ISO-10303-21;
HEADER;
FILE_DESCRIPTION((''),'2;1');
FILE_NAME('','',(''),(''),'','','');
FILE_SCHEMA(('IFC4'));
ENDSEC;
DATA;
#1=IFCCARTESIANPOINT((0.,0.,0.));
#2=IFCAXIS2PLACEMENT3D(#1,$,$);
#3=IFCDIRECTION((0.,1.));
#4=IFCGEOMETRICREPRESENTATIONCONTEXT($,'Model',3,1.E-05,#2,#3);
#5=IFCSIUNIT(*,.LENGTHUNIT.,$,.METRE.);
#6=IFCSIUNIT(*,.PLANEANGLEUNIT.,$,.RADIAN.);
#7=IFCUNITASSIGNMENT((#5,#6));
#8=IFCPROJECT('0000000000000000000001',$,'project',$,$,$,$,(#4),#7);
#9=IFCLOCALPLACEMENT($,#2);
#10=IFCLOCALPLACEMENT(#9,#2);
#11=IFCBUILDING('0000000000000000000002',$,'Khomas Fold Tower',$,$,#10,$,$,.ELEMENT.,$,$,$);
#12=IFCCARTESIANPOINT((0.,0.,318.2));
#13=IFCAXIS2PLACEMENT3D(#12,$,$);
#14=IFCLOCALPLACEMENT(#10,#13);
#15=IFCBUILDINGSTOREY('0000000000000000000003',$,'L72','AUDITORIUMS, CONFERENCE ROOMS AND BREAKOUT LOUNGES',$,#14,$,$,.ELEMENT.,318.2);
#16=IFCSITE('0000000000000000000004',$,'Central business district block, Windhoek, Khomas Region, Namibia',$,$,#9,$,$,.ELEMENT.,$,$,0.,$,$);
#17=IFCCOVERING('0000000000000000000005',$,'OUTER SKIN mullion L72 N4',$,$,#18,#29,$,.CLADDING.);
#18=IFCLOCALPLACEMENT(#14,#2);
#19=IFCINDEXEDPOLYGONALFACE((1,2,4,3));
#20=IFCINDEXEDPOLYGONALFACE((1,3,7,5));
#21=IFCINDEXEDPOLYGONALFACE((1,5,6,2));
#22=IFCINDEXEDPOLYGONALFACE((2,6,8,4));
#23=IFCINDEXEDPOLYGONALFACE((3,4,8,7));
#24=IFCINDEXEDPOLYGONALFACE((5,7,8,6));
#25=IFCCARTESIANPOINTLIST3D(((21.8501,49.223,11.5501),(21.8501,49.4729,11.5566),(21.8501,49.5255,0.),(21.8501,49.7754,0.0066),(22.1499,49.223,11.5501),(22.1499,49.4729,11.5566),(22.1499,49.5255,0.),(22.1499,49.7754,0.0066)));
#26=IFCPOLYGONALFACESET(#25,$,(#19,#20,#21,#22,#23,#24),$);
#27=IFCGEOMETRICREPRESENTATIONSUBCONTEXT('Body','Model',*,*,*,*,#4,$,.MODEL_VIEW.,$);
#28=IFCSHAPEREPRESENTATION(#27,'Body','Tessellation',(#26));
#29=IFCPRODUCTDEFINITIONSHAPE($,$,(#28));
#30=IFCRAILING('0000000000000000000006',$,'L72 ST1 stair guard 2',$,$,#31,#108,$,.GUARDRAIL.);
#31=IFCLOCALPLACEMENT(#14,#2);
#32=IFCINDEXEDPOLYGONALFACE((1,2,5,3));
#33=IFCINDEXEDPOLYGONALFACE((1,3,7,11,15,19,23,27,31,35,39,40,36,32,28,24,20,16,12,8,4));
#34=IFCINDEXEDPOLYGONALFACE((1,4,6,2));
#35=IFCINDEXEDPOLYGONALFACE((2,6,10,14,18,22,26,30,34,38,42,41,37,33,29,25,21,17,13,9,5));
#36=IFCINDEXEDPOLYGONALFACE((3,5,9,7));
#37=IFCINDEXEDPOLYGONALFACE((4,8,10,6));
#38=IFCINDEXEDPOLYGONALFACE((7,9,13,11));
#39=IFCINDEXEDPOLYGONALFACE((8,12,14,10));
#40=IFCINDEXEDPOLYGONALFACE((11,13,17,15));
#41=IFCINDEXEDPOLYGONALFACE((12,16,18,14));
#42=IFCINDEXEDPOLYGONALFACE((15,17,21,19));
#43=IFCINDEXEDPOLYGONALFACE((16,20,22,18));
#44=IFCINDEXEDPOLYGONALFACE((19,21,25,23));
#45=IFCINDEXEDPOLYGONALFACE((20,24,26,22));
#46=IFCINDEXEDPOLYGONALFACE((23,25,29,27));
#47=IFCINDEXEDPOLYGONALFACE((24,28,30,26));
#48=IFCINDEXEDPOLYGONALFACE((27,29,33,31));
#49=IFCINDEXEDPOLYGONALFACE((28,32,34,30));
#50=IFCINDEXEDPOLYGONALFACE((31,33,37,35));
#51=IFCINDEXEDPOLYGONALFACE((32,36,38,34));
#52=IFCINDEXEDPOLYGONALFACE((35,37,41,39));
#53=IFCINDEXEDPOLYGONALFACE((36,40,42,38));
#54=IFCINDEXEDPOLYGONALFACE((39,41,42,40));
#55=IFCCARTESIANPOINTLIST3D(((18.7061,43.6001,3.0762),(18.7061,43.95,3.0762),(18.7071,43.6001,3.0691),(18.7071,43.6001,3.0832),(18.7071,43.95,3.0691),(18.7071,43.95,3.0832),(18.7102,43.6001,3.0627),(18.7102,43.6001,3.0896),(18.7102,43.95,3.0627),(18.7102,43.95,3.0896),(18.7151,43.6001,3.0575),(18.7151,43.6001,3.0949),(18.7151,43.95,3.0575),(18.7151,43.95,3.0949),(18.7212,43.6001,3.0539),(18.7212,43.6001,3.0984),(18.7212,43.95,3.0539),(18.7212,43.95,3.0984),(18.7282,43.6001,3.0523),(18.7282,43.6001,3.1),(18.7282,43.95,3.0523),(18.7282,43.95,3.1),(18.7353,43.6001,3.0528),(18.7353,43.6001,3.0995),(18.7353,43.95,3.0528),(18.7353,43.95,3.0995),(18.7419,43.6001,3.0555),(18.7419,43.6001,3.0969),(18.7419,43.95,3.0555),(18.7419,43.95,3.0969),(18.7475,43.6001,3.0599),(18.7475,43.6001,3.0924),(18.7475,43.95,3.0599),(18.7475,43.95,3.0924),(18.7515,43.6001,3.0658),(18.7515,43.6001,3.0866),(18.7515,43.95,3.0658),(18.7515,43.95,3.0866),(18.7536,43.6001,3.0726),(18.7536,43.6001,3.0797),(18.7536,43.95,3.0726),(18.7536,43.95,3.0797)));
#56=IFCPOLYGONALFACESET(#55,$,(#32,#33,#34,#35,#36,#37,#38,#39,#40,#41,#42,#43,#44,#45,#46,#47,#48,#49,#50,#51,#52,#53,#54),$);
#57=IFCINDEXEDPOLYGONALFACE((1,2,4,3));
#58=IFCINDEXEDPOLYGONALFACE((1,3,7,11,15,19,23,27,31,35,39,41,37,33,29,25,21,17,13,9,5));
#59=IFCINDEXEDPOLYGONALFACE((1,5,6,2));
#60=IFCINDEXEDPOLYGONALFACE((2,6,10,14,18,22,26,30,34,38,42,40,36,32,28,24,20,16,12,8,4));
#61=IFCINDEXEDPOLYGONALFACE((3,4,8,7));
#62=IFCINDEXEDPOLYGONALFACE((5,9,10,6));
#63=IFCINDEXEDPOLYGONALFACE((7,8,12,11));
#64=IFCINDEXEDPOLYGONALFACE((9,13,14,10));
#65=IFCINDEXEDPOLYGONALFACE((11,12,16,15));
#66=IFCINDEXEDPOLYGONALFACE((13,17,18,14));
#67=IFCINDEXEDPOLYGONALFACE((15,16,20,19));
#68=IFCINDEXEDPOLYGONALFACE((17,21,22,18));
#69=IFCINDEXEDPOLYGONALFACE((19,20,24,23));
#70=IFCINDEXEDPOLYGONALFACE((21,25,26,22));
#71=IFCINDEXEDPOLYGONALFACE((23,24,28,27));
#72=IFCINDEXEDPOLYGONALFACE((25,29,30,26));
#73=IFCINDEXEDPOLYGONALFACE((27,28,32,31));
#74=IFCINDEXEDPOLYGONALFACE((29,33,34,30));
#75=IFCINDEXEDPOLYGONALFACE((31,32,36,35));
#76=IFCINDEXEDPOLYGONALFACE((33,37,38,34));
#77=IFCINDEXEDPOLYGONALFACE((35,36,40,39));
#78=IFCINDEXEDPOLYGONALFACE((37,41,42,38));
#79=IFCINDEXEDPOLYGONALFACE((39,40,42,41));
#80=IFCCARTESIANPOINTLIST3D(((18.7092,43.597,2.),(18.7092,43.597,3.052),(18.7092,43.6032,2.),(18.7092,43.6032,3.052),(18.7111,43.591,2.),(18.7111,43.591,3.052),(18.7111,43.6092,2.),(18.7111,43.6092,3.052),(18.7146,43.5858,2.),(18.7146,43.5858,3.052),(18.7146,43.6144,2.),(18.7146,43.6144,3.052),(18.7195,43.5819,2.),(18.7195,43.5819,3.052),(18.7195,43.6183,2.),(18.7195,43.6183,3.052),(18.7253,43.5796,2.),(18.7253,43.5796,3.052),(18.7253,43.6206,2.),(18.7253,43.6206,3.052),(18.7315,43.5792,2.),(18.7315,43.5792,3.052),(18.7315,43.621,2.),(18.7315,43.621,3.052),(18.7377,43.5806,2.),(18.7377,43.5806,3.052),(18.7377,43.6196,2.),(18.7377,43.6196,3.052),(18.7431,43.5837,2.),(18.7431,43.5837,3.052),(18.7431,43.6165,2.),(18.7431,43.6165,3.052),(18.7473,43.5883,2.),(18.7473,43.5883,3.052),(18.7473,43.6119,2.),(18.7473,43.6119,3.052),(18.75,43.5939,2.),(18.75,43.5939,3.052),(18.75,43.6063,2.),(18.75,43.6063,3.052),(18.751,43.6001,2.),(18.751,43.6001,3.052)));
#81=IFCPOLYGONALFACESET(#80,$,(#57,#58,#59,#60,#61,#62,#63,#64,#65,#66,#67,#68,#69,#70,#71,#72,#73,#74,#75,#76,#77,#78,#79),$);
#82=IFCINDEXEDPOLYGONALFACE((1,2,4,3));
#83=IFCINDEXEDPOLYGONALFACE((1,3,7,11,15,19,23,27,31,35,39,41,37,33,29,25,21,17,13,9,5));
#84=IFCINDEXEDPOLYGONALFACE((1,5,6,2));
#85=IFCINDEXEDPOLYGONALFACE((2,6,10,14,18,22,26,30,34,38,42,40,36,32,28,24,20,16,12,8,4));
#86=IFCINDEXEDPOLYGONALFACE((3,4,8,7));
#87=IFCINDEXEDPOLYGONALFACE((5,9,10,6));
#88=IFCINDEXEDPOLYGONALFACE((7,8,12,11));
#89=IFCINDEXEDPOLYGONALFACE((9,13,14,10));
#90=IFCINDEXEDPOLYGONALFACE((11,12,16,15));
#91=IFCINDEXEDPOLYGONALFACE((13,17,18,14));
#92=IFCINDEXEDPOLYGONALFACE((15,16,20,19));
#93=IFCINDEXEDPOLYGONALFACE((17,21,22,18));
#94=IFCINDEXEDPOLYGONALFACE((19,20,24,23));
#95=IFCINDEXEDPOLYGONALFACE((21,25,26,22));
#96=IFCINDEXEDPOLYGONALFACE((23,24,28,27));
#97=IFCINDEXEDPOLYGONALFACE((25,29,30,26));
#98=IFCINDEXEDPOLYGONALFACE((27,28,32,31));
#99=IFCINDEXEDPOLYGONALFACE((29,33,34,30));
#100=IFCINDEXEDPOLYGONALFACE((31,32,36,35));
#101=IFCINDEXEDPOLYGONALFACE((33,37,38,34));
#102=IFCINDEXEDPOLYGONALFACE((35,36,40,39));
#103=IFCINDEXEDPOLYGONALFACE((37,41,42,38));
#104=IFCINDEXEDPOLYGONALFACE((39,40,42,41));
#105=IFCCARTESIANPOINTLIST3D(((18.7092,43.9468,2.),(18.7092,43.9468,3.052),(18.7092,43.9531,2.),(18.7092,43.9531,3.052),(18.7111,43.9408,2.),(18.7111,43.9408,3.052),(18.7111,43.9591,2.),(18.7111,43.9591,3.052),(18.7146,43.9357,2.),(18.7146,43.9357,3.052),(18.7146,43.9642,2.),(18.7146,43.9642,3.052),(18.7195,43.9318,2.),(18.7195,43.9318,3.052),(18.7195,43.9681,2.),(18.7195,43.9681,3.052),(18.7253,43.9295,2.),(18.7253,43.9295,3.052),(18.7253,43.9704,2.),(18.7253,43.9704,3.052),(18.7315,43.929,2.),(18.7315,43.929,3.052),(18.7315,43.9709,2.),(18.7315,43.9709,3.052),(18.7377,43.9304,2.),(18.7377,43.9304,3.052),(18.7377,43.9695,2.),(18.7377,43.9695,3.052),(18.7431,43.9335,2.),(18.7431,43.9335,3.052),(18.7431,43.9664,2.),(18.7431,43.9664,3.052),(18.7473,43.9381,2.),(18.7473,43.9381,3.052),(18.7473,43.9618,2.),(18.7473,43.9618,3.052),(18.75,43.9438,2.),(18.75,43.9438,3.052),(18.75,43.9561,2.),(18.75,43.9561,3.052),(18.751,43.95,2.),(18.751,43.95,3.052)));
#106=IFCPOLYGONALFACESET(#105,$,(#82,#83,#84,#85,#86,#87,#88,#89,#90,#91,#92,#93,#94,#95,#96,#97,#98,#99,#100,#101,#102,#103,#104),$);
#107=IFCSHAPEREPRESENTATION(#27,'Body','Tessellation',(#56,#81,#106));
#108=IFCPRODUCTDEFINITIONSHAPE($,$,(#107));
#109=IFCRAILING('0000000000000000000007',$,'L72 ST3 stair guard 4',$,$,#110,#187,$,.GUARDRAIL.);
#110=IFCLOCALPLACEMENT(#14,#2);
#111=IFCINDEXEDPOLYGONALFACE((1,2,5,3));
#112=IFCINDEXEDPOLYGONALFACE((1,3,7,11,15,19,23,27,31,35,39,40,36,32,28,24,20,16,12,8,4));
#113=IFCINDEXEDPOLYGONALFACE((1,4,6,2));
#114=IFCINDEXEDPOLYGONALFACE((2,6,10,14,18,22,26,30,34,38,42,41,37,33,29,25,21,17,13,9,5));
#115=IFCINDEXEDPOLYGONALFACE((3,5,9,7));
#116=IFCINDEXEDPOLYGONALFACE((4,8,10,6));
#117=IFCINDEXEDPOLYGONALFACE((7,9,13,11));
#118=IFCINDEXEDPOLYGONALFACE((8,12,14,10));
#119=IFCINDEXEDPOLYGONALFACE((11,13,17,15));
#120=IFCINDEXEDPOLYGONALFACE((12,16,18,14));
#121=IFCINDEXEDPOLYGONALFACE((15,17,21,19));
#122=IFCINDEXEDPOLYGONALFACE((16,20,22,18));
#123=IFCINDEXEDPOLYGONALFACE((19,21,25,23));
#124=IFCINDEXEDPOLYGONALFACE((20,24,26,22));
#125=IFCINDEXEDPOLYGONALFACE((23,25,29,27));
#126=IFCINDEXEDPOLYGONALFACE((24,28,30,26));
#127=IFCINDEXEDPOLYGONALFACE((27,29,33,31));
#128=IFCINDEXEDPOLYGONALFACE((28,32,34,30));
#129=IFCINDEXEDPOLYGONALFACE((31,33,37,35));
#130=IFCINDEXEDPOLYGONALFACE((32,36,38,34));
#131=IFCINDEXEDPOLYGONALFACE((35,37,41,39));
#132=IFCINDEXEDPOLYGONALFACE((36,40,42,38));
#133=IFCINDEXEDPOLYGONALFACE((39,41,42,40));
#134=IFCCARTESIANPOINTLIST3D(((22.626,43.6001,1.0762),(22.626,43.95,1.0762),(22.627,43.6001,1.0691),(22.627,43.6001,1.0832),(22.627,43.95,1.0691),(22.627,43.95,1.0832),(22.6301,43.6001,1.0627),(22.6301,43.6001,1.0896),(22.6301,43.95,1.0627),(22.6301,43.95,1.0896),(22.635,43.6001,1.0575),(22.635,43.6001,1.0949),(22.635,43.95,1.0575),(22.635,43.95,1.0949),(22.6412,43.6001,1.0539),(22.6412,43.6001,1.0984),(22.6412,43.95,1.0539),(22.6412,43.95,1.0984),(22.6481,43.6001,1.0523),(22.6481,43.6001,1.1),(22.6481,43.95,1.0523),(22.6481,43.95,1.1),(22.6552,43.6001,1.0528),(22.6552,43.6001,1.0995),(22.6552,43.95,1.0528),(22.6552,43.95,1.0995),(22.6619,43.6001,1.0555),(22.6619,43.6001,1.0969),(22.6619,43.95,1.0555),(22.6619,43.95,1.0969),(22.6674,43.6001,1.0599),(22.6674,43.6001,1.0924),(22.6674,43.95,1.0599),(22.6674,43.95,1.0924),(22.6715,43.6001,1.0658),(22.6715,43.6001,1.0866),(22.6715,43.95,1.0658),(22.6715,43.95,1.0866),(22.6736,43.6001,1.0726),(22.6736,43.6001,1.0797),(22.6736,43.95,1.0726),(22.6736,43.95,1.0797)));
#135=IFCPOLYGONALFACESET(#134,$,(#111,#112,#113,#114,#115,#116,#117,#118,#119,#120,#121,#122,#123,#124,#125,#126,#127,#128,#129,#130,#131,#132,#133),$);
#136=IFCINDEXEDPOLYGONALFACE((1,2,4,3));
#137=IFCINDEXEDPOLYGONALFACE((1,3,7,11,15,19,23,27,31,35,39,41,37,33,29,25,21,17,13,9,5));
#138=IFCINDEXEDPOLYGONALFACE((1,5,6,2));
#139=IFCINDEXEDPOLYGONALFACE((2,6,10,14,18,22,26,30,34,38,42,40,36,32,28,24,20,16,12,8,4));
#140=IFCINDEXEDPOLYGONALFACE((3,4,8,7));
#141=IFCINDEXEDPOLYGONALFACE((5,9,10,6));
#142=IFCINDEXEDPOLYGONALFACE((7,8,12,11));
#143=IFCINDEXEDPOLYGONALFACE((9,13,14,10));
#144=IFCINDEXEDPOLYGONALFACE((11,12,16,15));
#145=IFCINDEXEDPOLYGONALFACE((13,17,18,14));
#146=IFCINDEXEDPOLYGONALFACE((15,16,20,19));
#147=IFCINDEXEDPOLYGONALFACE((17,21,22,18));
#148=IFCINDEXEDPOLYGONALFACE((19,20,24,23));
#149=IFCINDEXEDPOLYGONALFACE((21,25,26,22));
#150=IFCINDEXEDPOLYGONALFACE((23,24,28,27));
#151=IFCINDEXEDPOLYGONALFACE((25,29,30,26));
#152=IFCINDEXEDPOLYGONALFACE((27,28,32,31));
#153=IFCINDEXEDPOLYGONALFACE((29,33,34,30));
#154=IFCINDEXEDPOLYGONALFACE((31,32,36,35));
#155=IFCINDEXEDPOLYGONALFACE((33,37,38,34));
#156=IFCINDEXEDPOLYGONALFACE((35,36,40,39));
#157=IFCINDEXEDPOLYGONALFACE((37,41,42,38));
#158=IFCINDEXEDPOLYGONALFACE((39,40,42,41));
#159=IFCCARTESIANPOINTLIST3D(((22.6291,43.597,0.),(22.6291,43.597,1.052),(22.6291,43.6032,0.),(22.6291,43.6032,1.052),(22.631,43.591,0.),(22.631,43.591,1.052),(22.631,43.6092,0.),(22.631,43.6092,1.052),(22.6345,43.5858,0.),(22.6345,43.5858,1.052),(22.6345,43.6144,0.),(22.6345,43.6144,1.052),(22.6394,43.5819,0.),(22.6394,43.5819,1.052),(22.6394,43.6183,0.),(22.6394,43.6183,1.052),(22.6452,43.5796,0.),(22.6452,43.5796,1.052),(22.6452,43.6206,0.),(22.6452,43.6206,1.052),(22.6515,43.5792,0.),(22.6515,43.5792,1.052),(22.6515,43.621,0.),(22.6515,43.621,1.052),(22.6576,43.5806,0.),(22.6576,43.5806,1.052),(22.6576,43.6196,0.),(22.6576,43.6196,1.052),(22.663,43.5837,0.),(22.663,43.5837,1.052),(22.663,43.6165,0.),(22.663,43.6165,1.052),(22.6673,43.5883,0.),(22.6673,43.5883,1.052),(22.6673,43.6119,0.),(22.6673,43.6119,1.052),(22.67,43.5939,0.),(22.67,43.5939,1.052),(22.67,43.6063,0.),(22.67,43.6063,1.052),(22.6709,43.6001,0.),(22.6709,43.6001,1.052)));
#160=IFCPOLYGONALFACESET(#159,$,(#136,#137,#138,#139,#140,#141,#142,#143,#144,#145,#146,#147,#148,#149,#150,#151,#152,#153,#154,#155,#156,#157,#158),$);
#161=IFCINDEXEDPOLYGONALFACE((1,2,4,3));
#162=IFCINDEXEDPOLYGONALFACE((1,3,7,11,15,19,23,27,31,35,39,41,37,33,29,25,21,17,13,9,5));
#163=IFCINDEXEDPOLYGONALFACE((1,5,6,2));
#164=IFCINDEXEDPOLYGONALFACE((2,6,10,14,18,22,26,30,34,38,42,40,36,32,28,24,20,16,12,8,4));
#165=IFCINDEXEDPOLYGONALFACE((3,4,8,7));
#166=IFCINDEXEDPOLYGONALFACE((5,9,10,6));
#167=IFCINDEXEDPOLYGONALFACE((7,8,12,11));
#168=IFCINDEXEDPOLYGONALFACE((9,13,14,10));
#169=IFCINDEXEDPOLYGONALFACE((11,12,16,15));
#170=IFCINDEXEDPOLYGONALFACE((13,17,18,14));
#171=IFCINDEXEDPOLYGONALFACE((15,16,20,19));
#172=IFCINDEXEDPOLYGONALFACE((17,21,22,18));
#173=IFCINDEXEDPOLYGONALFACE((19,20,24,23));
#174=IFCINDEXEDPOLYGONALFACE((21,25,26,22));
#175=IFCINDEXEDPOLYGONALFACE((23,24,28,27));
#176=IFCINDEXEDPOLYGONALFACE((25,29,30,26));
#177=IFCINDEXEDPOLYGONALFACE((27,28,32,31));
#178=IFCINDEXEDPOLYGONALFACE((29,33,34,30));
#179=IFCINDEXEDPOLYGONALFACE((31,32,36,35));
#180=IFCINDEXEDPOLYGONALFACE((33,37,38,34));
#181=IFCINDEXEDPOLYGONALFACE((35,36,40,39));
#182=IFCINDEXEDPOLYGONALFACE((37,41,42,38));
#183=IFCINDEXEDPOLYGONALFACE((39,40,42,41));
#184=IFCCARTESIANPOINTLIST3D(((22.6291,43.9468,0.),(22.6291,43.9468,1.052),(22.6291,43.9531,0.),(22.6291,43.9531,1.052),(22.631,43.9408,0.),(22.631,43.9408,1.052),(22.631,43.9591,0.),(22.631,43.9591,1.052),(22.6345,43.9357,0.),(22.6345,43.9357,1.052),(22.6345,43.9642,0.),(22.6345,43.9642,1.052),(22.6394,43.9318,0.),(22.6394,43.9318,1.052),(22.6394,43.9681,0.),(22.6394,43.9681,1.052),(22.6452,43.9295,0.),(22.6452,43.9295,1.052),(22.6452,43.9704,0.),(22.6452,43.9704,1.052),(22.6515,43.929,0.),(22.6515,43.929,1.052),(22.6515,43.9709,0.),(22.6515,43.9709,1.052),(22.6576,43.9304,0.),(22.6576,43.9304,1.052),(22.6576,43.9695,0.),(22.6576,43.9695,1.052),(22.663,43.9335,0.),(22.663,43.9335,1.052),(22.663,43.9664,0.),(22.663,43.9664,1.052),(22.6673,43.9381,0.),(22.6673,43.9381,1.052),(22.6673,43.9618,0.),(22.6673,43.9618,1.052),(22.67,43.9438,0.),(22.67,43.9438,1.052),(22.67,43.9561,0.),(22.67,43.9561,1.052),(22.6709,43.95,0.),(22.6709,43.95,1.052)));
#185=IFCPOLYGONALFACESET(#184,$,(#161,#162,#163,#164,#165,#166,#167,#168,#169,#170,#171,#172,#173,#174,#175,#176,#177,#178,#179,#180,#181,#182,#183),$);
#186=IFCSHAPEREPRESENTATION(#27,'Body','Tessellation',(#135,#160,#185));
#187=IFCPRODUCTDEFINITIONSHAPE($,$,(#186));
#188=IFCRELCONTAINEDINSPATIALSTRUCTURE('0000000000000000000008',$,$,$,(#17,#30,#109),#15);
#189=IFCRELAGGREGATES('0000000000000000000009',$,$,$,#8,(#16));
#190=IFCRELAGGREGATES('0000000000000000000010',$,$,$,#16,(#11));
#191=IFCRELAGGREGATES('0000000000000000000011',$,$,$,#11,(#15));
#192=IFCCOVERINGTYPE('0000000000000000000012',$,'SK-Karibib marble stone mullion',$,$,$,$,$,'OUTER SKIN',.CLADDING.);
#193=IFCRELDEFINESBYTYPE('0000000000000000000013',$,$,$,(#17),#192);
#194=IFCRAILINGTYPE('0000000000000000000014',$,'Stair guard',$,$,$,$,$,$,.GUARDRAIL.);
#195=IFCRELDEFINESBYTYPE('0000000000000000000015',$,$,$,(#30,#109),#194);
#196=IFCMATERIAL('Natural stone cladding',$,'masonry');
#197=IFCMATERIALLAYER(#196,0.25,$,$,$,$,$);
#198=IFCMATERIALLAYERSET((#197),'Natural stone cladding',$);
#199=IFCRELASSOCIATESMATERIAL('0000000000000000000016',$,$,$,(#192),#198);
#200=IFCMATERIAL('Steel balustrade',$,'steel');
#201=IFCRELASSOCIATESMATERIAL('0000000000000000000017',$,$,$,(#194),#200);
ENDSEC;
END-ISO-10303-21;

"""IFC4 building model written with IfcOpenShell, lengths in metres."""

from ifc_helpers import new_model, si_unit, direction, frame, origin, origin_2d, place, context, subcontext, project, spatial, polyline, circle, outline, extrude, source, transform, mapped, material, layer, layer_set, type_object, element, save


model = new_model("IFC4")

# Units and contexts
model_context = context("Model", 3, precision=1e-05, world=origin(), true_north=direction((0.0, 1.0)))
body_context = subcontext(model_context, "Body", "Model", "MODEL_VIEW")
ifc_project = project(units=[si_unit("LENGTHUNIT", "METRE"), si_unit("PLANEANGLEUNIT", "RADIAN")], contexts=[model_context])

# Site, building, storey
site_placement = place(None, origin())
site = spatial("IfcSite", under=ifc_project, at=site_placement, Name="Central business district block, Windhoek, Khomas Region, Namibia", CompositionType="ELEMENT", RefElevation=0.0)
building_placement = place(site_placement, origin())
building = spatial("IfcBuilding", under=site, at=building_placement, Name="Khomas Fold Tower", CompositionType="ELEMENT")
storey_placement = place(building_placement, frame((0.0, 0.0, 318.2)))
storey = spatial("IfcBuildingStorey", under=building, at=storey_placement, Name="L72", Description="AUDITORIUMS, CONFERENCE ROOMS AND BREAKOUT LOUNGES", CompositionType="ELEMENT", Elevation=318.2)

# Covering
ifc_material_1 = material(Name="Natural stone cladding", Category="masonry")
ifc_layer_1 = layer(ifc_material_1, 0.25)
ifc_layer_set_1 = layer_set([ifc_layer_1], Name="Natural stone cladding")
covering_type = type_object("IfcCoveringType", Name="SK-Karibib marble stone mullion", ElementType="OUTER SKIN", PredefinedType="CLADDING", material=ifc_layer_set_1)
for number, where, z_axis, x_axis, name in (
    (1, (21.8501, 49.7754, 0.0066), (0.0, 0.999657, 0.026181), (1.0, 0.0, 0.0), "OUTER SKIN mullion L72 N4"),
):
    element("IfcCovering", number, at=place(storey_placement, frame(where, z_axis=z_axis, x_axis=x_axis)), inside=storey, type_object=covering_type, Name=name, PredefinedType="CLADDING", context=body_context, shape_type="SweptSolid", body=[
        extrude(outline(polyline([(0.0, 0.0), (0.2998, 0.0), (0.2998, -11.554), (0.0, -11.554), (0.0, 0.0)])), origin(), (0.0, 0.0, -1.0), 0.25),
    ])

# Railings
ifc_material_2 = material(Name="Steel balustrade", Category="steel")
railing_type_1 = type_object("IfcRailingType", Name="Stair guard", PredefinedType="GUARDRAIL", material=ifc_material_2)
shared_shape_1 = source(origin(), body_context, "Body", "SweptSolid", [
    extrude(circle(Radius=0.0239, at=origin_2d()), frame((0.0, 0.0, 1.0762), z_axis=(0.0, 1.0, 0.0), x_axis=(-1.0, 0.0, 0.0)), (0.0, 0.0, 1.0), 0.3499),
    extrude(circle(Radius=0.021, at=origin_2d()), origin(), (0.0, 0.0, 1.0), 1.052),
    extrude(circle(Radius=0.021, at=origin_2d()), frame((0.0, 0.3499, 0.0)), (0.0, 0.0, 1.0), 1.052),
])
for number, where, name in (
    (2, (18.73, 43.6001, 2.0), "L72 ST1 stair guard 2"),
    (3, (22.6499, 43.6001, 0.0), "L72 ST3 stair guard 4"),
):
    element("IfcRailing", number, at=place(storey_placement, frame(where)), inside=storey, type_object=railing_type_1, Name=name, PredefinedType="GUARDRAIL", context=body_context, shape_type="MappedRepresentation", body=[
        mapped(shared_shape_1, transform((0.0, 0.0, 0.0))),
    ])

save(model, "model.ifc")
